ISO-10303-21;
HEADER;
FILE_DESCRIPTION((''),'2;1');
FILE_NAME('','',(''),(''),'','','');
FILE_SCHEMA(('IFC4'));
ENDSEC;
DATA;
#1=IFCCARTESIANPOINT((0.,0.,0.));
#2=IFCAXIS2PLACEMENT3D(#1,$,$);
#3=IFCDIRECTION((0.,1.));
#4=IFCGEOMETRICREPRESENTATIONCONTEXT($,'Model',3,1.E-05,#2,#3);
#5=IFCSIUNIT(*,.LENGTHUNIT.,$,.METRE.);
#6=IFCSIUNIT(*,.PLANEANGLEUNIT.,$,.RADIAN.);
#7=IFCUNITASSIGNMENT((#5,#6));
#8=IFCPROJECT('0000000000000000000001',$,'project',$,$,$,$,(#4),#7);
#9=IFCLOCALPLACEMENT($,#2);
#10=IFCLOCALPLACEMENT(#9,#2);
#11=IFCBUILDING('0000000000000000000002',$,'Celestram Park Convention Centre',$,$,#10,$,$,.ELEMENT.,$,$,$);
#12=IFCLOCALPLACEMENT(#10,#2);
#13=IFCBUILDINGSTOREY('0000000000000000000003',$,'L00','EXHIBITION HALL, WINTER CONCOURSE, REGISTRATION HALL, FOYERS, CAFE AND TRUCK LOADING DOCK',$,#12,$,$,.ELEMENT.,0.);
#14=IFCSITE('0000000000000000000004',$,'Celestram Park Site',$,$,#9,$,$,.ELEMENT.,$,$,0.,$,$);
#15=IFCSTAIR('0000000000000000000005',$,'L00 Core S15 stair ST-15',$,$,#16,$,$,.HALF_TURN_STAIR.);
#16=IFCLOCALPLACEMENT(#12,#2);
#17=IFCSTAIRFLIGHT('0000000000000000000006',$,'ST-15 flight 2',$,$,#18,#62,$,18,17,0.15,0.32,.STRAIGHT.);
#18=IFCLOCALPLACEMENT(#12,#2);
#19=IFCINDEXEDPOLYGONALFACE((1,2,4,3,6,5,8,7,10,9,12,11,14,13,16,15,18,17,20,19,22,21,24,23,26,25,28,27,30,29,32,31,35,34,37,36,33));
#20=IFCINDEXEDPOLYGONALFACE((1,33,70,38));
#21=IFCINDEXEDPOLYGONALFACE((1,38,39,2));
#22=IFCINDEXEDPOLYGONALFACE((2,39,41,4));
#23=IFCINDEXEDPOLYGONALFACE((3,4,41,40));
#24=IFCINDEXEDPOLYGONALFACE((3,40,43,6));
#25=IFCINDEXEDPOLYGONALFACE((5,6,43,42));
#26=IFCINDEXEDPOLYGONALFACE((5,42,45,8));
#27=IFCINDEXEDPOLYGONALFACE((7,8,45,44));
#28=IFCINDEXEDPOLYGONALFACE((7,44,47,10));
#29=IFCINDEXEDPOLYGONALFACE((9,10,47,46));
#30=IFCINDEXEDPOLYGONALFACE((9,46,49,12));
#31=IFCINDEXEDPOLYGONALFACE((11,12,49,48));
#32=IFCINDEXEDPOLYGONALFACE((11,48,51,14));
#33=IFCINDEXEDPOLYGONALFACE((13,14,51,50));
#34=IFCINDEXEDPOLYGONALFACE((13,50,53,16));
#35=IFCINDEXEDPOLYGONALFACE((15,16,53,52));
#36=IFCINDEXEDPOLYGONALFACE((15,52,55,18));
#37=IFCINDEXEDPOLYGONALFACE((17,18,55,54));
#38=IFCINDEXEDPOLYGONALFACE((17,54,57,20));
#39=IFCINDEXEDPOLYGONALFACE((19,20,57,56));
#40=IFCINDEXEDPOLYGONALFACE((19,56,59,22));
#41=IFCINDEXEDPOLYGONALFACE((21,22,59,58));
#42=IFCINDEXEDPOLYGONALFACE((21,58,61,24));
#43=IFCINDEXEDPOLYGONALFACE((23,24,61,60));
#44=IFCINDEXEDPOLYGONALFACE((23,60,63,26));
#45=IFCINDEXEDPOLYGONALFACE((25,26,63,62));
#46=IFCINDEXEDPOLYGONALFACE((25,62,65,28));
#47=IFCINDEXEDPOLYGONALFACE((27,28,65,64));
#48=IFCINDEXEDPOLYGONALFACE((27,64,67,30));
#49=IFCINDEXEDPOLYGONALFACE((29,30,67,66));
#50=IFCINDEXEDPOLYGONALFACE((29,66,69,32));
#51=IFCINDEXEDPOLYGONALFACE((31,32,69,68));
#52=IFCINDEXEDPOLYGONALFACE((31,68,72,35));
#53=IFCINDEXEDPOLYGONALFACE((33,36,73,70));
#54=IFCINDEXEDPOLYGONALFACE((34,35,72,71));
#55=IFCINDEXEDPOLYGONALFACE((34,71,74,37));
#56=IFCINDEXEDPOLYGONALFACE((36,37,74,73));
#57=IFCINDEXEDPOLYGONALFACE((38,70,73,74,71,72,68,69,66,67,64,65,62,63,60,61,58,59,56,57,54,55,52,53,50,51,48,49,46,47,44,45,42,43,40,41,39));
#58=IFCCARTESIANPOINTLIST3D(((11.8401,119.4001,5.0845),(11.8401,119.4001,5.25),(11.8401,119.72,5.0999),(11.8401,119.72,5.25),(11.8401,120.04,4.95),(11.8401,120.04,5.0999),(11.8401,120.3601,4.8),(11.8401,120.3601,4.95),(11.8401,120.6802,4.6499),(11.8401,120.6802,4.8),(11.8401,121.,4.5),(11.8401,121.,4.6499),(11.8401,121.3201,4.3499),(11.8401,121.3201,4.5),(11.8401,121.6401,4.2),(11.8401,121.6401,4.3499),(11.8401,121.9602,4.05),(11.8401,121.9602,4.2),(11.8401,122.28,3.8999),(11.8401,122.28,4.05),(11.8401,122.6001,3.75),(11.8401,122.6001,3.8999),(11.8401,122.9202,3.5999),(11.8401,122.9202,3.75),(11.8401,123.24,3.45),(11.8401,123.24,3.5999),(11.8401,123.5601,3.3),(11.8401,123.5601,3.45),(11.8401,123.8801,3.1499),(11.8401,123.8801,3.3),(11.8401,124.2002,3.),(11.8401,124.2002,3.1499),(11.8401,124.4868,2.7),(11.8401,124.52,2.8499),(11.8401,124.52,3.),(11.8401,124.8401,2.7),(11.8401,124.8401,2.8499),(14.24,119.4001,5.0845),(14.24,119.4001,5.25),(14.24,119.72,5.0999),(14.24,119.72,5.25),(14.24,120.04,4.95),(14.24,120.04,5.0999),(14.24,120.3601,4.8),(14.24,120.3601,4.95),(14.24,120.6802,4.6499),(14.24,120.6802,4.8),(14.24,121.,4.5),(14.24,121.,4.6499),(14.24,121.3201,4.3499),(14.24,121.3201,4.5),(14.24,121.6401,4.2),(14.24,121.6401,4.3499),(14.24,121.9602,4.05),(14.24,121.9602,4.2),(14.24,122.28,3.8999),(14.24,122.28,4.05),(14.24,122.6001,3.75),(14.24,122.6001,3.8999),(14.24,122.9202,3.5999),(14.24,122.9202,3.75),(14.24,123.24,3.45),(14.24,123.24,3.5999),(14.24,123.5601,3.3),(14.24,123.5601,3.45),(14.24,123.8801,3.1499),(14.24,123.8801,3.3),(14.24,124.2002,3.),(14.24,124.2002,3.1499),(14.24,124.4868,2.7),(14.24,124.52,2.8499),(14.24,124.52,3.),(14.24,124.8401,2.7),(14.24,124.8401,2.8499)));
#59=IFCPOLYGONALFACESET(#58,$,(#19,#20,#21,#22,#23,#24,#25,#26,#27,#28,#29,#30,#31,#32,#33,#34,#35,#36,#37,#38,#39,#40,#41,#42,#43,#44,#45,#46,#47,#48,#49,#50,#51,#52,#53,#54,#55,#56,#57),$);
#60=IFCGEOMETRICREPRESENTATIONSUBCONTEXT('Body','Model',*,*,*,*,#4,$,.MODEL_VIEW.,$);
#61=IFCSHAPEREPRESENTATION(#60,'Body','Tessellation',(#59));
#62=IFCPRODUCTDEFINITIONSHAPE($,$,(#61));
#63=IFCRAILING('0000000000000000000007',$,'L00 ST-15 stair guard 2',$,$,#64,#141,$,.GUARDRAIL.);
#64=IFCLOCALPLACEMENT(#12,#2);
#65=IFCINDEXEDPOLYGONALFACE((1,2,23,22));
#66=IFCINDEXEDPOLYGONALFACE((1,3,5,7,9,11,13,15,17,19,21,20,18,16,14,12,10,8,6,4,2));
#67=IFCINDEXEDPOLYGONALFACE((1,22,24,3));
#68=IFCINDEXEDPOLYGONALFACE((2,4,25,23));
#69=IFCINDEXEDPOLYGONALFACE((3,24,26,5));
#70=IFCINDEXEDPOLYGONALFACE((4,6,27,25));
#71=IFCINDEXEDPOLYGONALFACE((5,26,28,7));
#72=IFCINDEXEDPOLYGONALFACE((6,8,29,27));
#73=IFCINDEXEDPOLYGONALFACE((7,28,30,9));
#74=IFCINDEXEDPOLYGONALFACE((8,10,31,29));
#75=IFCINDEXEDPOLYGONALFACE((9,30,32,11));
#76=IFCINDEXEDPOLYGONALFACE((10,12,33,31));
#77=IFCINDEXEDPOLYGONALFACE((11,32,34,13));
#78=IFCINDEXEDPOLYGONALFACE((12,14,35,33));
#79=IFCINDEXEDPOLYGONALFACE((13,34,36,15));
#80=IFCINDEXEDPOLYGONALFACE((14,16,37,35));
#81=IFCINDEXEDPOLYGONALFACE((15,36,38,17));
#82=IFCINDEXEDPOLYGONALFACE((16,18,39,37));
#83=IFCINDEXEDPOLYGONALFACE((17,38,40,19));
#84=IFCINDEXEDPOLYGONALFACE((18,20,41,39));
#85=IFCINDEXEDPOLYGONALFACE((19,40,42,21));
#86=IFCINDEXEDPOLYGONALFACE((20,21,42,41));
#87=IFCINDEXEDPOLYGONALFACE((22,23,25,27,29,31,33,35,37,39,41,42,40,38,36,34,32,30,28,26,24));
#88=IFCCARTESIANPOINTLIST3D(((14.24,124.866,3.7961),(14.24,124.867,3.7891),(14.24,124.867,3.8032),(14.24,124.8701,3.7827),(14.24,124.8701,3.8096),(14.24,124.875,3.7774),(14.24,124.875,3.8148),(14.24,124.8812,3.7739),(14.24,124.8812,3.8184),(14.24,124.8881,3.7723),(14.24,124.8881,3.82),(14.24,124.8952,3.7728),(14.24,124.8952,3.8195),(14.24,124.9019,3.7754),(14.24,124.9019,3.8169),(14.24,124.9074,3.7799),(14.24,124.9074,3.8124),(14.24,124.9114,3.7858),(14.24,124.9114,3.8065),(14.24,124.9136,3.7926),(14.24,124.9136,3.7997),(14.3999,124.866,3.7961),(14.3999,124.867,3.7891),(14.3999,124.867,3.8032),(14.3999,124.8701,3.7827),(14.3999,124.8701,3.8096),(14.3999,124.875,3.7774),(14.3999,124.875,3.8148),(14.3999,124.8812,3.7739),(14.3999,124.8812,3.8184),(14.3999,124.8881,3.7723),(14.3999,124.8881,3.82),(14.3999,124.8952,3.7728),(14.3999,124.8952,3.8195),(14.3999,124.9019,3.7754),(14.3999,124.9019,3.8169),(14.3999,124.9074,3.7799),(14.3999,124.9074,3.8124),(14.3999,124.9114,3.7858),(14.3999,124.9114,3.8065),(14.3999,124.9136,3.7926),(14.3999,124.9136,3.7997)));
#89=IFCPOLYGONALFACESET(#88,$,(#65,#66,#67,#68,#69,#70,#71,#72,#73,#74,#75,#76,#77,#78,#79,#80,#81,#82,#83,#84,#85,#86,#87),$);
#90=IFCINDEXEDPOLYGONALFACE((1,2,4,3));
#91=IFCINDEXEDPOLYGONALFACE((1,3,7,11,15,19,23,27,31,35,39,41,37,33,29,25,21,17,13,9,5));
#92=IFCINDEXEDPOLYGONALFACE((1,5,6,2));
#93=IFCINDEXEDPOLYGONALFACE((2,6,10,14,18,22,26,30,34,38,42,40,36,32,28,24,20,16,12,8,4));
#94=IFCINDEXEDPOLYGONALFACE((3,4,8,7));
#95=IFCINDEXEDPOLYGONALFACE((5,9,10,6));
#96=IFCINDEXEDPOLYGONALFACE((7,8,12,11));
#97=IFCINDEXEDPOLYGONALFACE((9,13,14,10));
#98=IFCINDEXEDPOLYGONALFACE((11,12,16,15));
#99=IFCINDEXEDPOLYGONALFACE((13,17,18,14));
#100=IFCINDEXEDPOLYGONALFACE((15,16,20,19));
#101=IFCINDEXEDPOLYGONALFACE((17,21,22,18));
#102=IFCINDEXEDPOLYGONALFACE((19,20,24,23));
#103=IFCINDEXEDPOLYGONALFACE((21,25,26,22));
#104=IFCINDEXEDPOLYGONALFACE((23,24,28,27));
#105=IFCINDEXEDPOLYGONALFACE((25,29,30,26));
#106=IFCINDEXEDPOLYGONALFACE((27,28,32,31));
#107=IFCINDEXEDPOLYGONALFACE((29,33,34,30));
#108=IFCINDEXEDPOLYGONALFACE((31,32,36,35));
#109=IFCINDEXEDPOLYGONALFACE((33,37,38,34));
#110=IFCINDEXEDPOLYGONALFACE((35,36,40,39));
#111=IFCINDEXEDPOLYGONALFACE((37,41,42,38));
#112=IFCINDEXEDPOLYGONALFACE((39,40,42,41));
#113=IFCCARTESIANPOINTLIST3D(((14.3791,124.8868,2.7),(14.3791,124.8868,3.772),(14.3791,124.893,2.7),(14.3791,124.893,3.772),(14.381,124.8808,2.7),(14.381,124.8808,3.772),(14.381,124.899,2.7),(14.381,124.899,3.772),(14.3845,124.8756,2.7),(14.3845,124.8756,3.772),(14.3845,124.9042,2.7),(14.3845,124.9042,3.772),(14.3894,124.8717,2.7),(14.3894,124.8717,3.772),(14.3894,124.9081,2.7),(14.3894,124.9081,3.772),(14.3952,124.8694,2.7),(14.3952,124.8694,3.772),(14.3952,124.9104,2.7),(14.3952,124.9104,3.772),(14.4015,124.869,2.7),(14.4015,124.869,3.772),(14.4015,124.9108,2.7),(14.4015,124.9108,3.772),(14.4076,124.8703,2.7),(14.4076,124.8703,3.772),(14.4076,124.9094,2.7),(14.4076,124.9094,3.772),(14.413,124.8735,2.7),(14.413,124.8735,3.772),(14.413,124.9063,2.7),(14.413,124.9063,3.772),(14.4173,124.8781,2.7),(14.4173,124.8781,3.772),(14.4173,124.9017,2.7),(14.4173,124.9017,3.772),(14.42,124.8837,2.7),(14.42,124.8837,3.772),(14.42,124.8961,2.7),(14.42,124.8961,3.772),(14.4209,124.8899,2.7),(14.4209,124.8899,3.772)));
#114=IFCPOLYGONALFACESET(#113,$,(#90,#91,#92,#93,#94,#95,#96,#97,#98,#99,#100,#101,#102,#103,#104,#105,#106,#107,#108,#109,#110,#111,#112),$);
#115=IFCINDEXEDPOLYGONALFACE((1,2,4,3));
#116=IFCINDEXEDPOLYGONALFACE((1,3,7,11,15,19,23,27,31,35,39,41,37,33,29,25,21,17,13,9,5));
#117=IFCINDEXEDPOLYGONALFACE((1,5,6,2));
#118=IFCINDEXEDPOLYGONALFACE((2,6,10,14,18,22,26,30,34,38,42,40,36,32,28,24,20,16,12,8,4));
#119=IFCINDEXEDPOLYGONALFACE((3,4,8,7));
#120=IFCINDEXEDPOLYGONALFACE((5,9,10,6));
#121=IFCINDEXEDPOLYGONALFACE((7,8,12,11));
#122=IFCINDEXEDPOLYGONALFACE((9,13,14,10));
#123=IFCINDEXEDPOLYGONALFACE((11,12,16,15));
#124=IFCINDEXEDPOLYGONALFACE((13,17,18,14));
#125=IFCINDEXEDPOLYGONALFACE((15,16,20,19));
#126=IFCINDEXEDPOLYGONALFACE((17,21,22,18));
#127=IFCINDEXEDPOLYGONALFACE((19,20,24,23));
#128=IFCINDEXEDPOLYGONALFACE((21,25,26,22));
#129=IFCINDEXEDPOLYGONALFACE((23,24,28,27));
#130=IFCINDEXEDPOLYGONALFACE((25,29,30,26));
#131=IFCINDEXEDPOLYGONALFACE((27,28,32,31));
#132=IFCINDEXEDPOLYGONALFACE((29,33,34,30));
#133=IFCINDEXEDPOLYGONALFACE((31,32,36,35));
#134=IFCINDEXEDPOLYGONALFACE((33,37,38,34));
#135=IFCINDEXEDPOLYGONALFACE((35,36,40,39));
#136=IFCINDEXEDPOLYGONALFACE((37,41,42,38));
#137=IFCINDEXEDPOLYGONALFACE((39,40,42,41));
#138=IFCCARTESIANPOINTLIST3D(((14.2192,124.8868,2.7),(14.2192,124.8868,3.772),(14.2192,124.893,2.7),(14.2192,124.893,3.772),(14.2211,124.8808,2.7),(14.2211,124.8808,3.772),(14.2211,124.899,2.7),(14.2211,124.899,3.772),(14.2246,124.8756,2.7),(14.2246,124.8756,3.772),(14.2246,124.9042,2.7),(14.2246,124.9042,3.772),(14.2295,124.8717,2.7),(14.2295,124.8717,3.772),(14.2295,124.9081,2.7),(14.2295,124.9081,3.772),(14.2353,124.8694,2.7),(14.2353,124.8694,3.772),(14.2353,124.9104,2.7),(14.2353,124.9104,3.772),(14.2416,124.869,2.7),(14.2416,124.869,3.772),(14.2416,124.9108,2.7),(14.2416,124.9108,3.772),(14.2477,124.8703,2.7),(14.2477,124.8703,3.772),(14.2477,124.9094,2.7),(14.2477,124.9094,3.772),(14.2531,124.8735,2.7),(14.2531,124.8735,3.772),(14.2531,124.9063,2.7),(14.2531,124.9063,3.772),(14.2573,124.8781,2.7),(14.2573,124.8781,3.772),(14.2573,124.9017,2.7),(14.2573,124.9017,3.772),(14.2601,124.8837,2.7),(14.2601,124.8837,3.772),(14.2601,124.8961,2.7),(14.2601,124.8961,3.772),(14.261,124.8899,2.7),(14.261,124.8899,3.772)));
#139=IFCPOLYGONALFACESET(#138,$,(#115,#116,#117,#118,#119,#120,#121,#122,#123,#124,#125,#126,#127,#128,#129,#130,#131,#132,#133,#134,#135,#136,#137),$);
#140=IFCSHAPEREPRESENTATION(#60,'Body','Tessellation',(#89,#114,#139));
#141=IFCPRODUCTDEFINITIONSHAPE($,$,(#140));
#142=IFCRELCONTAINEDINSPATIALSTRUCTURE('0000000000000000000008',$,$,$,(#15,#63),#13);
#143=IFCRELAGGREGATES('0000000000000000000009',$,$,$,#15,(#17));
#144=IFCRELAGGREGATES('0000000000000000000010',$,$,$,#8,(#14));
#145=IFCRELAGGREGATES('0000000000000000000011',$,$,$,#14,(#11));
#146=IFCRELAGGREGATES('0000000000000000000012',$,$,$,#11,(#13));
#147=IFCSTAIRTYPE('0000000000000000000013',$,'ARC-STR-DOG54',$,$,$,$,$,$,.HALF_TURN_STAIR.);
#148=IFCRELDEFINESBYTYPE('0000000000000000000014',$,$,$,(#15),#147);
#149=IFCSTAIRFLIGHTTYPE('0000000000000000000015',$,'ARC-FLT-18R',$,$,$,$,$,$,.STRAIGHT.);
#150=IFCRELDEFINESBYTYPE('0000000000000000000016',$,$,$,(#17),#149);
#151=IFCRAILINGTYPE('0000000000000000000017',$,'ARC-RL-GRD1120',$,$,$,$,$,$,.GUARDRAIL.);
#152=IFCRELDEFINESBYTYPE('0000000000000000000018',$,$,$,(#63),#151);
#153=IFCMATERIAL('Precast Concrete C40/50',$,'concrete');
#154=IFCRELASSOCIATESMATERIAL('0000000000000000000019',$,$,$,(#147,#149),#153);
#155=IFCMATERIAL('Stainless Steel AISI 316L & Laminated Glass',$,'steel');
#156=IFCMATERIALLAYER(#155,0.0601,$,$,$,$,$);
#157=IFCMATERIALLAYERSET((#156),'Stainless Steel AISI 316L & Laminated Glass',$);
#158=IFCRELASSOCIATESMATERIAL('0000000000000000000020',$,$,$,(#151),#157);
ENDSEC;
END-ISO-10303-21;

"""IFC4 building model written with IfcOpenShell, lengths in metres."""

from ifc_helpers import new_model, si_unit, direction, frame, origin, origin_2d, place, context, subcontext, project, spatial, polyline, circle, outline, extrude, material, layer, layer_set, type_object, element, aggregate, save


model = new_model("IFC4")

# Units and contexts
model_context = context("Model", 3, precision=1e-05, world=origin(), true_north=direction((0.0, 1.0)))
body_context = subcontext(model_context, "Body", "Model", "MODEL_VIEW")
ifc_project = project(units=[si_unit("LENGTHUNIT", "METRE"), si_unit("PLANEANGLEUNIT", "RADIAN")], contexts=[model_context])

# Site, building, storey
site_placement = place(None, origin())
site = spatial("IfcSite", under=ifc_project, at=site_placement, Name="Celestram Park Site", CompositionType="ELEMENT", RefElevation=0.0)
building_placement = place(site_placement, origin())
building = spatial("IfcBuilding", under=site, at=building_placement, Name="Celestram Park Convention Centre", CompositionType="ELEMENT")
storey_placement = place(building_placement, origin())
storey = spatial("IfcBuildingStorey", under=building, at=storey_placement, Name="L00", Description="EXHIBITION HALL, WINTER CONCOURSE, REGISTRATION HALL, FOYERS, CAFE AND TRUCK LOADING DOCK", CompositionType="ELEMENT", Elevation=0.0)

# Shared definitions
ifc_material_1 = material(Name="Precast Concrete C40/50", Category="concrete")

# Stair, stair flight
stair_type = type_object("IfcStairType", Name="ARC-STR-DOG54", PredefinedType="HALF_TURN_STAIR", material=ifc_material_1)
stair_placement = place(storey_placement, origin())
stair = element("IfcStair", 1, at=stair_placement, inside=storey, type_object=stair_type, Name="L00 Core S15 stair ST-15", PredefinedType="HALF_TURN_STAIR")
stair_flight_type = type_object("IfcStairFlightType", Name="ARC-FLT-18R", PredefinedType="STRAIGHT", material=ifc_material_1)
stair_flight_placement = place(storey_placement, frame((13.04, 124.8401, 2.7), z_axis=(0.0, 0.0, 1.0), x_axis=(0.0, -1.0, 0.0)))
stair_flight = element("IfcStairFlight", 2, at=stair_flight_placement, type_object=stair_flight_type, Name="ST-15 flight 2", NumberOfRisers=18, NumberOfTreads=17, PredefinedType="STRAIGHT", RiserHeight=0.15, TreadLength=0.32, context=body_context, shape_type="SweptSolid", body=[
    extrude(outline(polyline([(0.0, 0.0), (0.0, 0.1499), (0.3201, 0.1499), (0.3201, 0.3), (0.6399, 0.3), (0.6399, 0.45), (0.96, 0.45), (0.96, 0.6001), (1.28, 0.6001), (1.28, 0.75), (1.6001, 0.75), (1.6001, 0.8999), (1.9199, 0.8999), (1.9199, 1.05), (2.24, 1.05), (2.24, 1.2), (2.5601, 1.2), (2.5601, 1.3501), (2.8799, 1.3501), (2.8799, 1.5), (3.2, 1.5), (3.2, 1.6499), (3.52, 1.6499), (3.52, 1.8), (3.8401, 1.8), (3.8401, 1.95), (4.1599, 1.95), (4.1599, 2.1001), (4.48, 2.1001), (4.48, 2.25), (4.8, 2.25), (4.8, 2.3999), (5.1201, 2.3999), (5.1201, 2.55), (5.4399, 2.55), (5.4399, 2.7), (5.4399, 2.3845), (0.3533, 0.0), (0.0, 0.0)])), frame((0.0, 1.2, 0.0), z_axis=(0.0, -1.0, 0.0), x_axis=(1.0, 0.0, 0.0)), (0.0, 0.0, 1.0), 2.3999),
])
aggregate(stair, [stair_flight])

# Railing
ifc_material_2 = material(Name="Stainless Steel AISI 316L & Laminated Glass", Category="steel")
ifc_layer_1 = layer(ifc_material_2, 0.0601)
ifc_layer_set_1 = layer_set([ifc_layer_1], Name="Stainless Steel AISI 316L & Laminated Glass")
railing_type_1 = type_object("IfcRailingType", Name="ARC-RL-GRD1120", PredefinedType="GUARDRAIL", material=ifc_layer_set_1)
railing_1_placement = place(storey_placement, frame((14.3999, 124.8899, 2.7)))
element("IfcRailing", 3, at=railing_1_placement, inside=storey, type_object=railing_type_1, Name="L00 ST-15 stair guard 2", PredefinedType="GUARDRAIL", context=body_context, shape_type="SweptSolid", body=[
    extrude(circle(Radius=0.0239, at=origin_2d()), frame((0.0, 0.0, 1.0962), z_axis=(-1.0, 0.0, 0.0), x_axis=(0.0, -1.0, 0.0)), (0.0, 0.0, 1.0), 0.1599),
    extrude(circle(Radius=0.021, at=origin_2d()), origin(), (0.0, 0.0, 1.0), 1.072),
    extrude(circle(Radius=0.021, at=origin_2d()), frame((-0.1599, 0.0, 0.0)), (0.0, 0.0, 1.0), 1.072),
])

save(model, "model.ifc")
